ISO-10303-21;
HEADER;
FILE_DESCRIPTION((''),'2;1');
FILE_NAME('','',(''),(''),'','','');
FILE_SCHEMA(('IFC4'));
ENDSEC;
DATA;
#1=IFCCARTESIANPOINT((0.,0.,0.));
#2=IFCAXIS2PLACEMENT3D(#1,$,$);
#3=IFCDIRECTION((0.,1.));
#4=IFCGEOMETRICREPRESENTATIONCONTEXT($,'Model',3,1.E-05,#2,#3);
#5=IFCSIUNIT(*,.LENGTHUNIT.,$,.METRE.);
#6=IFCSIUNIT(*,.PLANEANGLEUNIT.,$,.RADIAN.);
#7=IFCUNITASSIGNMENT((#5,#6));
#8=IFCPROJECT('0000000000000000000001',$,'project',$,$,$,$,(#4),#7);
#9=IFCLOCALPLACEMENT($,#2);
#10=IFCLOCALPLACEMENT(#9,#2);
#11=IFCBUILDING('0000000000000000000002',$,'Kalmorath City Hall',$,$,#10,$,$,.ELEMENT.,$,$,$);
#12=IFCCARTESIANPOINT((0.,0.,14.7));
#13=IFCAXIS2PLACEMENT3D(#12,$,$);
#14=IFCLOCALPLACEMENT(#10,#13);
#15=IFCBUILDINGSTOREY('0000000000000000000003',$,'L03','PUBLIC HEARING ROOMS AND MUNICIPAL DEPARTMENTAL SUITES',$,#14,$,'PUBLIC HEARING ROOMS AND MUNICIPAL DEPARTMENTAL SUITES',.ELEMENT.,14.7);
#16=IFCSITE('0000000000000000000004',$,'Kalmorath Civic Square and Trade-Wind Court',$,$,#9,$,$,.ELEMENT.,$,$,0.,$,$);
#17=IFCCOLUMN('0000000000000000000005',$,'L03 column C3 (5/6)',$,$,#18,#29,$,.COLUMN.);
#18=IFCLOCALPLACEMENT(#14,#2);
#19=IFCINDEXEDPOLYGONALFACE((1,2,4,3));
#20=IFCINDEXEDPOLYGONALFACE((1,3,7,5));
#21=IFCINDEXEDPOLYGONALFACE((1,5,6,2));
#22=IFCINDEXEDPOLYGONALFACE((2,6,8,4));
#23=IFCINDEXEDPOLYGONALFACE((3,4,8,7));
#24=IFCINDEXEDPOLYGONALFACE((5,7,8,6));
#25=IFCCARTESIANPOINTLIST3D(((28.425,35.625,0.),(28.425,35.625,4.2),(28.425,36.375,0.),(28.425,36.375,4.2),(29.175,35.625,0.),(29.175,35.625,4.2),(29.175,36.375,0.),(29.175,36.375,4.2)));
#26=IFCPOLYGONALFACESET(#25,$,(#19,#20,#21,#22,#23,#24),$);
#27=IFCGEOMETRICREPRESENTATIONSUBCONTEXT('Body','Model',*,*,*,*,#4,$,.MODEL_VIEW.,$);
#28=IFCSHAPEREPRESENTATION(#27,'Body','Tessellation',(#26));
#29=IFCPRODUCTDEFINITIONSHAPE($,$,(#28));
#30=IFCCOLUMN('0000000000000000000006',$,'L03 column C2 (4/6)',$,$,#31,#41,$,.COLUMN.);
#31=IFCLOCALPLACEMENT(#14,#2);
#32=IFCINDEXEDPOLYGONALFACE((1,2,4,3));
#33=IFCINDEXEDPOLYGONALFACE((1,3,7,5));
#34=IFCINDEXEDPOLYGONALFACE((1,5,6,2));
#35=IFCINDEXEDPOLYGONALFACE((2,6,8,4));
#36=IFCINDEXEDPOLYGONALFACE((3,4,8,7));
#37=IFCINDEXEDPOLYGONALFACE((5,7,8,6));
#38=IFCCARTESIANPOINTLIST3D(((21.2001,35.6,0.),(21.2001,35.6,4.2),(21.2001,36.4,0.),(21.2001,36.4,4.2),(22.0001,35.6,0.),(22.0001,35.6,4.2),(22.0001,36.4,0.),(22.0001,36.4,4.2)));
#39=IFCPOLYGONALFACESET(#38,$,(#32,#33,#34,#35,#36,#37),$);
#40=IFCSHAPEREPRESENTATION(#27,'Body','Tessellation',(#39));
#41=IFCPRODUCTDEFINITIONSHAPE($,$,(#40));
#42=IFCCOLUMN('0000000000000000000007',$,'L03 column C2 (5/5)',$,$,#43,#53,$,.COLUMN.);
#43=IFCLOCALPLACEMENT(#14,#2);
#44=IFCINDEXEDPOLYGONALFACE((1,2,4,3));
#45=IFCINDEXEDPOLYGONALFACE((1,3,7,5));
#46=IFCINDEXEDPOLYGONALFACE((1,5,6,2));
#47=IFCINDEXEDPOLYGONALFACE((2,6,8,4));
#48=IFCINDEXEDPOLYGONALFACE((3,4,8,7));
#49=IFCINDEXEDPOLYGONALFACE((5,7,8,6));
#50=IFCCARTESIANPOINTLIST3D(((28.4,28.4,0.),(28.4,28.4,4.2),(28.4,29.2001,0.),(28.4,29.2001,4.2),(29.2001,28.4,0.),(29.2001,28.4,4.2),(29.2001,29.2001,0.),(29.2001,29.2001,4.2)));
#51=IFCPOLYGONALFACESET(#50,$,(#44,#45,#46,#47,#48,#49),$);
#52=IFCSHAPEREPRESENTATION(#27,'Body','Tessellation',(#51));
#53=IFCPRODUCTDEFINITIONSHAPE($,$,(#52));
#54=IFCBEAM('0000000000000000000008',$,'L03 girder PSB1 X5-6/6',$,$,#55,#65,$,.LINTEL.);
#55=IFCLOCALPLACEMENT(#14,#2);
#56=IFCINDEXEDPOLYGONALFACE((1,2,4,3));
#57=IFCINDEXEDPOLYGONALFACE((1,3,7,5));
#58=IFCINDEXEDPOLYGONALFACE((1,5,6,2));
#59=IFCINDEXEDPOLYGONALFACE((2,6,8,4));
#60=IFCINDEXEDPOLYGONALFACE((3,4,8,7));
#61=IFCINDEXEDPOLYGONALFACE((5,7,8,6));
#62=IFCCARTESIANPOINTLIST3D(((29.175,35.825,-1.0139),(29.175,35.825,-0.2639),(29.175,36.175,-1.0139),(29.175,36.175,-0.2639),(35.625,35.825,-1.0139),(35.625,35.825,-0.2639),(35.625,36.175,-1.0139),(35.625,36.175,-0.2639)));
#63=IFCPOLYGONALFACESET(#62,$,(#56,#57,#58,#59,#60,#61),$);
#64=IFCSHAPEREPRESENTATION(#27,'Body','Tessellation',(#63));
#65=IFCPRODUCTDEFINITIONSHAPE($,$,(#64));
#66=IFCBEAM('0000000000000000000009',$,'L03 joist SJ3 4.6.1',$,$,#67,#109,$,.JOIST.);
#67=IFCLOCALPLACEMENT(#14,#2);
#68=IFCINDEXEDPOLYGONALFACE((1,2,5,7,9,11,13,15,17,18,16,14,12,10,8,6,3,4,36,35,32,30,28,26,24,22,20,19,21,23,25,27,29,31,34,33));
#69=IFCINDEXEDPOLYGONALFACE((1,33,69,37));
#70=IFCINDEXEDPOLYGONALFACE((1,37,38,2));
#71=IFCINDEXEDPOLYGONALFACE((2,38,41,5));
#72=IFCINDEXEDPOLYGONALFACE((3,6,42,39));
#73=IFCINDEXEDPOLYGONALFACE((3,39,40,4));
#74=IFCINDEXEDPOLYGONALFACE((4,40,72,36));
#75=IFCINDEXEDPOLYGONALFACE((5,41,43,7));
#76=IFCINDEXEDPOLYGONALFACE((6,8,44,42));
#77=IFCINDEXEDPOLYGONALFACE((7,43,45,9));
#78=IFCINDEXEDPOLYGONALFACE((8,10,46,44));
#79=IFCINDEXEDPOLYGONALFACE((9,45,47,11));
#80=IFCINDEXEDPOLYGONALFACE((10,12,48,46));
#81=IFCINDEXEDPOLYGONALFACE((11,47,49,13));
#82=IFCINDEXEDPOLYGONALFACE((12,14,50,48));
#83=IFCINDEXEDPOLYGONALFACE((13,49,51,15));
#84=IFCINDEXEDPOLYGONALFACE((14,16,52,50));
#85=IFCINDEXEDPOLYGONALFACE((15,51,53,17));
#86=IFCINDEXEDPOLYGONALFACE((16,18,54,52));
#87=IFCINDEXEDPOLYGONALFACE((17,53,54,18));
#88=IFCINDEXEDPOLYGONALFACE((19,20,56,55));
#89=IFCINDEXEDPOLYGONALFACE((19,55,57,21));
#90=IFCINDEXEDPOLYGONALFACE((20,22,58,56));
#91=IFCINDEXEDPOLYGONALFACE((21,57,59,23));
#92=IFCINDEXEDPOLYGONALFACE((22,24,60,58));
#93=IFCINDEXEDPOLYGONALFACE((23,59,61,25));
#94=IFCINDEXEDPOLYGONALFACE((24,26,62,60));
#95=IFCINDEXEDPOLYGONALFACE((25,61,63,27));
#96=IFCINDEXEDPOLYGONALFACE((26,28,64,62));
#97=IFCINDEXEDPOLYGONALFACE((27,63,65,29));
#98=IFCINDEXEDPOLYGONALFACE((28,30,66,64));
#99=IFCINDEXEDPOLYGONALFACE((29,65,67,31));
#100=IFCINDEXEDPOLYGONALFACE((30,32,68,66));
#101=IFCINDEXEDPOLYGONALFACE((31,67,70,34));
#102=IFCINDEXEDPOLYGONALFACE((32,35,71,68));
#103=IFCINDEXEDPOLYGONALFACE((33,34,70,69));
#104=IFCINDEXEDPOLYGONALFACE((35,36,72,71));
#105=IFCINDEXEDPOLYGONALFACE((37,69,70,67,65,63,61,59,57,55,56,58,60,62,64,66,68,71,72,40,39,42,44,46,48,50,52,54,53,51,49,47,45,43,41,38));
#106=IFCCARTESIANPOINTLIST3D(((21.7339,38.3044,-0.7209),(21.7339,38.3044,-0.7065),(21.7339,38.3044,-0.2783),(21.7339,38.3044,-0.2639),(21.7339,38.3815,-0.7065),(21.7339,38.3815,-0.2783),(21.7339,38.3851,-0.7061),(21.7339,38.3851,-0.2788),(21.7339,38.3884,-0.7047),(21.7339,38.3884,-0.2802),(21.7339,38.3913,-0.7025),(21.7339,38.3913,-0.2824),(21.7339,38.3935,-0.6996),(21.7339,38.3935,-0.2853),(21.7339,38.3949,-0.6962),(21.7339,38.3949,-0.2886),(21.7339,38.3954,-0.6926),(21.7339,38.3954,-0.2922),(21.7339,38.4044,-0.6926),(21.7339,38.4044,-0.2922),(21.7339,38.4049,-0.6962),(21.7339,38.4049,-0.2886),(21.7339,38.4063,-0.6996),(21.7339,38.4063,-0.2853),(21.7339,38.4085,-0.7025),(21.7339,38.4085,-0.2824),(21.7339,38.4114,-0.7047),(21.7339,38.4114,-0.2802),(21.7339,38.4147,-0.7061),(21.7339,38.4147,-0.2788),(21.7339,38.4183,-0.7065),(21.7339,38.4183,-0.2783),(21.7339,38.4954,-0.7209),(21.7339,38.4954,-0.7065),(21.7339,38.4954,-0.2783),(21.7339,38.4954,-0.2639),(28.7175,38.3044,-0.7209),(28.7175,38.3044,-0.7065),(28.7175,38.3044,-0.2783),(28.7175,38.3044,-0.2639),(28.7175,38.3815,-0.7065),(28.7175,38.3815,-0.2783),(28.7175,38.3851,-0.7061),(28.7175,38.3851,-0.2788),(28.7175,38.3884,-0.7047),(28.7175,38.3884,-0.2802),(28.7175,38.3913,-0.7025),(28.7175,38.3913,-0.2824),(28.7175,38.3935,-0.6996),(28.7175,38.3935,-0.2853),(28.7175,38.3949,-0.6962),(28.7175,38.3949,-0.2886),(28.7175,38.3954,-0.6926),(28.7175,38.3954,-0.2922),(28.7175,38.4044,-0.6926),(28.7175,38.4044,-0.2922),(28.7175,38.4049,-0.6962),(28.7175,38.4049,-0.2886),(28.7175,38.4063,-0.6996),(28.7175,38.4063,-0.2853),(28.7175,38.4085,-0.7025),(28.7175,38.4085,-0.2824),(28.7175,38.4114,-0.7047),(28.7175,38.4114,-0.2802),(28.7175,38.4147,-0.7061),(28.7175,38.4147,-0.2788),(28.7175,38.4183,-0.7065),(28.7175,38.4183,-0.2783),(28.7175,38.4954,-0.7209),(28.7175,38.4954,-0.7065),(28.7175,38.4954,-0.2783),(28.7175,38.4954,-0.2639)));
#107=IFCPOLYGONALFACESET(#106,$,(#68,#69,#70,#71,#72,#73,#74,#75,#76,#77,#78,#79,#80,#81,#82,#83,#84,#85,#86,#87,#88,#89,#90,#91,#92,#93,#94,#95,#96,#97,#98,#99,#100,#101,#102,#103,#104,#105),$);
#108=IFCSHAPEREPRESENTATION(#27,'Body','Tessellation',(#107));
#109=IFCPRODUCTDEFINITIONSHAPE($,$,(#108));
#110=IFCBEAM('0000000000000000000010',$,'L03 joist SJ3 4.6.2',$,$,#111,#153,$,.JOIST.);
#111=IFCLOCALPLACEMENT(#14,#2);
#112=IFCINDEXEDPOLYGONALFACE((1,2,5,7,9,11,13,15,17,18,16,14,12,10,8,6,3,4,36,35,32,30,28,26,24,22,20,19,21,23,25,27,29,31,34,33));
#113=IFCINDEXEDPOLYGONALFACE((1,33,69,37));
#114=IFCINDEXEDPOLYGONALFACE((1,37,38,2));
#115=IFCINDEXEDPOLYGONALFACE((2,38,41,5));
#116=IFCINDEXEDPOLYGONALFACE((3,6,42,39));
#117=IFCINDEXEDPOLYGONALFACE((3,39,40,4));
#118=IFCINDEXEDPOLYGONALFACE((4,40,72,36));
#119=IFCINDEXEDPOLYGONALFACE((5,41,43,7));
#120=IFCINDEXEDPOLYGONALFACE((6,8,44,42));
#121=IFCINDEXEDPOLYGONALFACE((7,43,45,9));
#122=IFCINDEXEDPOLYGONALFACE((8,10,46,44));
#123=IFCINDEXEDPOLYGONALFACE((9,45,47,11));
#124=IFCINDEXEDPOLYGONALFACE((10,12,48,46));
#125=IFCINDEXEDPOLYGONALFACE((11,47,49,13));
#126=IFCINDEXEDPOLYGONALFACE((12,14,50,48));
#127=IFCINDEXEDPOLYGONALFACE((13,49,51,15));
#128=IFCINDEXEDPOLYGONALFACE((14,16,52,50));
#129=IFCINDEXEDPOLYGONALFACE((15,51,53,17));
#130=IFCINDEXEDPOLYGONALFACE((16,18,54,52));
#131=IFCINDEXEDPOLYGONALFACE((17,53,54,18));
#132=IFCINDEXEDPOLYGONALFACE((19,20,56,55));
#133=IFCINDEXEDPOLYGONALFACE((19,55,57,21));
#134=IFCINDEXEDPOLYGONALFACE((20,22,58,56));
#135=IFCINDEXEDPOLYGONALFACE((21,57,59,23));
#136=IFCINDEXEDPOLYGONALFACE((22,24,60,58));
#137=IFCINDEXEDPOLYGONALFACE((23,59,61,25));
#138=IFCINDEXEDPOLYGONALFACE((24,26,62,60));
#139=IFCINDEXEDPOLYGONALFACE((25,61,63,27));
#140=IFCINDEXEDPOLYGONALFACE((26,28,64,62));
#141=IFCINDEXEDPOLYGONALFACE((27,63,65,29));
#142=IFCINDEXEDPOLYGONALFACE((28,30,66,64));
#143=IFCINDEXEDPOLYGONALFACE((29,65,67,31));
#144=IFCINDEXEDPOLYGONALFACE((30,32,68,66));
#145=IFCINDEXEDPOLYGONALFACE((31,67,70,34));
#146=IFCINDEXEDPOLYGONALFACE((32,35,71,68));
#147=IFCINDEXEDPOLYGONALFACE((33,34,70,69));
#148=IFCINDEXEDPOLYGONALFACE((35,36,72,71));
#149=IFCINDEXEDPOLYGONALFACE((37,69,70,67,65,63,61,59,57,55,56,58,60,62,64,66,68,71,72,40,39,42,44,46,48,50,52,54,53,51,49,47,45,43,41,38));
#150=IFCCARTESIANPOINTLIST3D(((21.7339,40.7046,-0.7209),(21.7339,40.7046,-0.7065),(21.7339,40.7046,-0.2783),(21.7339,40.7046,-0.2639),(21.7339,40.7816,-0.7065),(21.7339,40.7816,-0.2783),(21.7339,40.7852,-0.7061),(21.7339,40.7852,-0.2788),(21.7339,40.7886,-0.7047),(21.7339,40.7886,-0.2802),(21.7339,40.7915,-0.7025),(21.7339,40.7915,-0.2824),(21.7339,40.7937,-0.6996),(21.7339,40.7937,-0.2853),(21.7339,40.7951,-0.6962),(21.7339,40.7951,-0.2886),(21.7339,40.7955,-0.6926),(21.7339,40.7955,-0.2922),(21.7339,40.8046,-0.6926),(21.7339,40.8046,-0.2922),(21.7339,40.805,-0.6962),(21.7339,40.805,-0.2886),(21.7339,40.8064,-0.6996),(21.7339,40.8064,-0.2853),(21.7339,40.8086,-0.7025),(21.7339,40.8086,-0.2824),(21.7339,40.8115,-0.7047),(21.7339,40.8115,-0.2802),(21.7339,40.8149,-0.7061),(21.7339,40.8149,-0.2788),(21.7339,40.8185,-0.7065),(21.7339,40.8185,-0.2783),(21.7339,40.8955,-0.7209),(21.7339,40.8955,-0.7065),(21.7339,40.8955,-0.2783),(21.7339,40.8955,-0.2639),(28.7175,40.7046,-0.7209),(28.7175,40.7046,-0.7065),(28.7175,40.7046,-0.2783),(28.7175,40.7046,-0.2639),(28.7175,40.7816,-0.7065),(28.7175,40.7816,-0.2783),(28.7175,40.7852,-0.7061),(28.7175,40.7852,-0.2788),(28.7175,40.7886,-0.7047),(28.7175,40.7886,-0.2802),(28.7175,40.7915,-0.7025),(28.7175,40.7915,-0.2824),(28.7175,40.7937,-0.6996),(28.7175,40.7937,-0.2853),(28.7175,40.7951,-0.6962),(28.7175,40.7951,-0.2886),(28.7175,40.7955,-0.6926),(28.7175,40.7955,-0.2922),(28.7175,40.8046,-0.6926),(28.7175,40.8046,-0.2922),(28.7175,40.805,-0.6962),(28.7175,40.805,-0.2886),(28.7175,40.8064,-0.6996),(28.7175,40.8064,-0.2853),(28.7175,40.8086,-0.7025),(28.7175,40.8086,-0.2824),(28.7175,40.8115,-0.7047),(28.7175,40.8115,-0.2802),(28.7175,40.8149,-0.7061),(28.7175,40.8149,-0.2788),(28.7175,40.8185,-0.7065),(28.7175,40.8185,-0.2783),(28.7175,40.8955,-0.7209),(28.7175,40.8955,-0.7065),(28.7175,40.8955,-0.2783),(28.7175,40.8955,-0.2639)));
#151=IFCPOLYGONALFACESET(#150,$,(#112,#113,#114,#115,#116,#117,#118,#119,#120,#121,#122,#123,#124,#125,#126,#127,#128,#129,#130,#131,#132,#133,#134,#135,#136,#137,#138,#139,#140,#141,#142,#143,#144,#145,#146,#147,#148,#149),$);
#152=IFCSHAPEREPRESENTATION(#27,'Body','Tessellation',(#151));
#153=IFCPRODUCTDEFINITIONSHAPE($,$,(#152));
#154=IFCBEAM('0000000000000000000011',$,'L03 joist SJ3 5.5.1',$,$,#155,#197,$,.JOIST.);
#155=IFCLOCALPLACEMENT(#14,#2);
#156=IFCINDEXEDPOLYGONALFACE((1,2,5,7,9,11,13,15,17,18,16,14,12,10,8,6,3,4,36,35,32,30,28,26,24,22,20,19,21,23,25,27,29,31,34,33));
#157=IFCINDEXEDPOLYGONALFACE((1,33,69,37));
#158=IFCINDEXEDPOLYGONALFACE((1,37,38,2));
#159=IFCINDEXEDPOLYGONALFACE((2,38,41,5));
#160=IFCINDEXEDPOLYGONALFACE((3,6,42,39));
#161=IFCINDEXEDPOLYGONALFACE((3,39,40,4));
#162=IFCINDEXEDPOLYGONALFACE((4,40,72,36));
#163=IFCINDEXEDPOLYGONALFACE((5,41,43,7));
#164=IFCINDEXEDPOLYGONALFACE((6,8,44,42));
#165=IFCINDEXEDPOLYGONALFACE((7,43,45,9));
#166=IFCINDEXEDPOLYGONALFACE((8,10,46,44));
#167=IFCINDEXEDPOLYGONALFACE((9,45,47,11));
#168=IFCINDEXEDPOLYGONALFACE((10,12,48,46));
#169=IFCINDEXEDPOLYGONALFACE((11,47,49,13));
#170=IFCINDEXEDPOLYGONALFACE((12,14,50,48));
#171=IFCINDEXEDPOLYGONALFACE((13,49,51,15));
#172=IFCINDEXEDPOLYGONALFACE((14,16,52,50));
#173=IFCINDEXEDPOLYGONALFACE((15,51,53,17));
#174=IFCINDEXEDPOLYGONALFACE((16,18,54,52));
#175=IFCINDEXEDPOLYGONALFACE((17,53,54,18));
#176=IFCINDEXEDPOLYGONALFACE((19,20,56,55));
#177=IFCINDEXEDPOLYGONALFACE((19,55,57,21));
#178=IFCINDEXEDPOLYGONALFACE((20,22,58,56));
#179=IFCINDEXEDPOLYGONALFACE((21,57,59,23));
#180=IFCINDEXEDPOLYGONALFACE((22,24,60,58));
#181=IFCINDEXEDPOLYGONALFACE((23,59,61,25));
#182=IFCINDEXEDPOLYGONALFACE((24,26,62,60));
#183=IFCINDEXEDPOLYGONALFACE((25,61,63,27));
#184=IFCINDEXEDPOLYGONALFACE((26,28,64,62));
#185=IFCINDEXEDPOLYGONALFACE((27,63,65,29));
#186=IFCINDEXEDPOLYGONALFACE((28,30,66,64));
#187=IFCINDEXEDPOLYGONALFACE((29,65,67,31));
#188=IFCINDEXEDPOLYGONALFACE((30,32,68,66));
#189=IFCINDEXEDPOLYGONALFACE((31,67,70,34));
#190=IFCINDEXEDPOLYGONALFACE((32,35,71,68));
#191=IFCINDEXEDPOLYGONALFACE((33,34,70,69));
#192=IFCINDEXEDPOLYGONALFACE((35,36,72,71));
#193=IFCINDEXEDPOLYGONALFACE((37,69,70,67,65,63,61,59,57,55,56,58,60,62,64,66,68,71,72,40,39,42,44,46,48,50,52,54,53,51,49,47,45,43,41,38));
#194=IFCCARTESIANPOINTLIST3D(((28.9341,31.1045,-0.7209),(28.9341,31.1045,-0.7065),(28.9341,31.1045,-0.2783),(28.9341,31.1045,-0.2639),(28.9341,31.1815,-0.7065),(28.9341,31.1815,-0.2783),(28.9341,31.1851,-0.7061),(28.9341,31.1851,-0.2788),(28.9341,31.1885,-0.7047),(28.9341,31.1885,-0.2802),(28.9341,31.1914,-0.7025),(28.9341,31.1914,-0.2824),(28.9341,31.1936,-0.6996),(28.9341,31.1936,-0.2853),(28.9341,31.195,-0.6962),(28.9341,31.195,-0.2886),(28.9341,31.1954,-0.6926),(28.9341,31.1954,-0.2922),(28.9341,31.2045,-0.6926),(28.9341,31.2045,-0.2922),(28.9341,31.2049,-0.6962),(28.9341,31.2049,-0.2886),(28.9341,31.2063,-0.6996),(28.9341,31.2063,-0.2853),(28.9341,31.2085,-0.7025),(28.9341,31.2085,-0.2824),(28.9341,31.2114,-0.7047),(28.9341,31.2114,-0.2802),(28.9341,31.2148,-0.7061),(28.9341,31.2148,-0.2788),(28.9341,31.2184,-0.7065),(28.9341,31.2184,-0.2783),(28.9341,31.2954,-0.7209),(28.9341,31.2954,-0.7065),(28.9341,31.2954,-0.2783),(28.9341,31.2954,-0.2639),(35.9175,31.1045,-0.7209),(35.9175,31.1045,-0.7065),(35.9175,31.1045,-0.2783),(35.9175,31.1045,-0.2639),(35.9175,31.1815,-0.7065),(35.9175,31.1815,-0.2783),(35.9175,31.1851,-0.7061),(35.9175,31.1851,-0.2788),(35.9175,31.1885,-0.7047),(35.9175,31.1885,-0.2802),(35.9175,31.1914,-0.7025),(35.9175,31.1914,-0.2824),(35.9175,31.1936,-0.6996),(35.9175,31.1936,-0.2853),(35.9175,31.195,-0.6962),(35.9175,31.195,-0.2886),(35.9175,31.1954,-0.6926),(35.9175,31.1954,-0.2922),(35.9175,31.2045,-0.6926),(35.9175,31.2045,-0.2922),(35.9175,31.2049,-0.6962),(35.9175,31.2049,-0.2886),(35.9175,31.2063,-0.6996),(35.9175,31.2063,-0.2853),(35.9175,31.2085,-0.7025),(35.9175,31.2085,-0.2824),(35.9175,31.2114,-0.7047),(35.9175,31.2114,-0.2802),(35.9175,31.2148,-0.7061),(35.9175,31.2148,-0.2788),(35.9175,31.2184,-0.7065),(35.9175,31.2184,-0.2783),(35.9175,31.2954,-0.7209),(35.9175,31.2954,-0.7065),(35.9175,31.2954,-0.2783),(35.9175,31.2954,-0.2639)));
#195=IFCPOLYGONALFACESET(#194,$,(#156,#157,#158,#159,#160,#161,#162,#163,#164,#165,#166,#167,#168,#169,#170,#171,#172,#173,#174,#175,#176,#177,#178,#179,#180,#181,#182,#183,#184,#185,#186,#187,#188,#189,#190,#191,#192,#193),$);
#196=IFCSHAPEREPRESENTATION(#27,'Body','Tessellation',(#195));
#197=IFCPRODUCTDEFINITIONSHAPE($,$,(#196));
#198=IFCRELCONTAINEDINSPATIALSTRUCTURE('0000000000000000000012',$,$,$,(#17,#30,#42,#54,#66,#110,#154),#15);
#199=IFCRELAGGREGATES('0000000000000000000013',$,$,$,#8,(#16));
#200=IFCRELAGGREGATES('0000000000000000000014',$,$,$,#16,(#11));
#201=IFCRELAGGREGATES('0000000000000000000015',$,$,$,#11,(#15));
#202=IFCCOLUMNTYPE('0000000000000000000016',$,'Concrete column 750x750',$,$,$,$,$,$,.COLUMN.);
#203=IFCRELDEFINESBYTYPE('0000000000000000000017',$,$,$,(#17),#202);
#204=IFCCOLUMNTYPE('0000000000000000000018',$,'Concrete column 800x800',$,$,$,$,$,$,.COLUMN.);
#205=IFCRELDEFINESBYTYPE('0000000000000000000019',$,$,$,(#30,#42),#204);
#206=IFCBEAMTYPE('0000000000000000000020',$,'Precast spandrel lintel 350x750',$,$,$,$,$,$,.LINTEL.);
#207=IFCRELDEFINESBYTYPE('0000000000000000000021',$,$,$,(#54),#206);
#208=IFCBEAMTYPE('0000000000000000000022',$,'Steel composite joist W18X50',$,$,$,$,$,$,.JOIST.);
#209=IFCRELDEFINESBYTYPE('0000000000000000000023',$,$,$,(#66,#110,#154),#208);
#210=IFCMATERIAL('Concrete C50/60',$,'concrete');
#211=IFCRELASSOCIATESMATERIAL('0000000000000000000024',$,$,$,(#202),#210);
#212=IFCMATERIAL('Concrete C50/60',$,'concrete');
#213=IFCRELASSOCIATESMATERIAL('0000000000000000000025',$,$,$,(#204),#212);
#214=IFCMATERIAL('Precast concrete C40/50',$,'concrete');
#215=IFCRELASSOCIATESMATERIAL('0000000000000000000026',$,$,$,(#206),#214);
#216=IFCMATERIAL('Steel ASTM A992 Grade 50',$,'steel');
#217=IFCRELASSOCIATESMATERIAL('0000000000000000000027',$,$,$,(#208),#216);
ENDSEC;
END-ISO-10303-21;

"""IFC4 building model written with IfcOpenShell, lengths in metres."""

from ifc_helpers import new_model, si_unit, direction, frame, origin, origin_2d, place, context, subcontext, project, spatial, rectangle, i_section, extrude, material, material_profile, profile_set, type_object, element, save


model = new_model("IFC4")

# Units and contexts
model_context = context("Model", 3, precision=1e-05, world=origin(), true_north=direction((0.0, 1.0)))
body_context = subcontext(model_context, "Body", "Model", "MODEL_VIEW")
ifc_project = project(units=[si_unit("LENGTHUNIT", "METRE"), si_unit("PLANEANGLEUNIT", "RADIAN")], contexts=[model_context])

# Site, building, storey
site_placement = place(None, origin())
site = spatial("IfcSite", under=ifc_project, at=site_placement, Name="Kalmorath Civic Square and Trade-Wind Court", CompositionType="ELEMENT", RefElevation=0.0)
building_placement = place(site_placement, origin())
building = spatial("IfcBuilding", under=site, at=building_placement, Name="Kalmorath City Hall", CompositionType="ELEMENT")
storey_placement = place(building_placement, frame((0.0, 0.0, 14.7)))
storey = spatial("IfcBuildingStorey", under=building, at=storey_placement, Name="L03", Description="PUBLIC HEARING ROOMS AND MUNICIPAL DEPARTMENTAL SUITES", LongName="PUBLIC HEARING ROOMS AND MUNICIPAL DEPARTMENTAL SUITES", CompositionType="ELEMENT", Elevation=14.7)

# Columns
ifc_material_1 = material(Name="Concrete C50/60", Category="concrete")
ifc_material_profile_1 = material_profile(ifc_material_1, rectangle(XDim=0.75, YDim=0.75, at=origin_2d()), Name="RC-COL-750X750")
ifc_profile_set_1 = profile_set([ifc_material_profile_1], Name="Concrete C50/60")
column_type_1 = type_object("IfcColumnType", Name="Concrete column 750x750", PredefinedType="COLUMN", material=ifc_profile_set_1)
column_placement = place(storey_placement, frame((28.8, 36.0, 0.0), z_axis=(0.0, 0.0, 1.0), x_axis=(1.0, 0.0, 0.0)))
element("IfcColumn", 1, at=column_placement, inside=storey, type_object=column_type_1, Name="L03 column C3 (5/6)", PredefinedType="COLUMN", context=body_context, shape_type="SweptSolid", body=[
    extrude(rectangle(XDim=0.75, YDim=0.75, at=origin_2d()), origin(), (0.0, 0.0, 1.0), 4.2),
])
ifc_material_2 = material(Name="Concrete C50/60", Category="concrete")
ifc_material_profile_2 = material_profile(ifc_material_2, rectangle(XDim=0.8, YDim=0.8, at=origin_2d()), Name="RC-COL-800X800")
ifc_profile_set_2 = profile_set([ifc_material_profile_2], Name="Concrete C50/60")
column_type_2 = type_object("IfcColumnType", Name="Concrete column 800x800", PredefinedType="COLUMN", material=ifc_profile_set_2)
for number, where, z_axis, x_axis, name in (
    (2, (21.6001, 36.0, 0.0), (0.0, 0.0, 1.0), (1.0, 0.0, 0.0), "L03 column C2 (4/6)"),
    (3, (28.8, 28.8, 0.0), (0.0, 0.0, 1.0), (1.0, 0.0, 0.0), "L03 column C2 (5/5)"),
):
    element("IfcColumn", number, at=place(storey_placement, frame(where, z_axis=z_axis, x_axis=x_axis)), inside=storey, type_object=column_type_2, Name=name, PredefinedType="COLUMN", context=body_context, shape_type="SweptSolid", body=[
        extrude(rectangle(XDim=0.8, YDim=0.8, at=origin_2d()), origin(), (0.0, 0.0, 1.0), 4.2),
    ])

# Beams
ifc_material_3 = material(Name="Precast concrete C40/50", Category="concrete")
ifc_material_profile_3 = material_profile(ifc_material_3, rectangle(XDim=0.3501, YDim=0.75, at=origin_2d()), Name="PC-SP-350X750")
ifc_profile_set_3 = profile_set([ifc_material_profile_3], Name="Precast concrete C40/50")
beam_type_1 = type_object("IfcBeamType", Name="Precast spandrel lintel 350x750", PredefinedType="LINTEL", material=ifc_profile_set_3)
beam_1_placement = place(storey_placement, frame((29.175, 36.0, -0.6389), z_axis=(1.0, 0.0, 0.0), x_axis=(0.0, 1.0, 0.0)))
element("IfcBeam", 4, at=beam_1_placement, inside=storey, type_object=beam_type_1, Name="L03 girder PSB1 X5-6/6", PredefinedType="LINTEL", context=body_context, shape_type="SweptSolid", body=[
    extrude(rectangle(XDim=0.3501, YDim=0.75, at=origin_2d()), origin(), (0.0, 0.0, 1.0), 6.45),
])
ifc_material_4 = material(Name="Steel ASTM A992 Grade 50", Category="steel")
ifc_material_profile_4 = material_profile(ifc_material_4, i_section(OverallWidth=0.1909, OverallDepth=0.457, WebThickness=0.009, FlangeThickness=0.0144, FilletRadius=0.0139, at=origin_2d()), Name="W18X50")
ifc_profile_set_4 = profile_set([ifc_material_profile_4], Name="Steel ASTM A992 Grade 50")
beam_type_2 = type_object("IfcBeamType", Name="Steel composite joist W18X50", PredefinedType="JOIST", material=ifc_profile_set_4)
for number, where, z_axis, x_axis, name in (
    (5, (21.7339, 38.3999, -0.4924), (1.0, 0.0, 0.0), (0.0, 1.0, 0.0), "L03 joist SJ3 4.6.1"),
    (6, (21.7339, 40.8, -0.4924), (1.0, 0.0, 0.0), (0.0, 1.0, 0.0), "L03 joist SJ3 4.6.2"),
):
    element("IfcBeam", number, at=place(storey_placement, frame(where, z_axis=z_axis, x_axis=x_axis)), inside=storey, type_object=beam_type_2, Name=name, PredefinedType="JOIST", context=body_context, shape_type="SweptSolid", body=[
        extrude(i_section(OverallWidth=0.1909, OverallDepth=0.457, WebThickness=0.009, FlangeThickness=0.0144, FilletRadius=0.0139, at=origin_2d()), origin(), (0.0, 0.0, 1.0), 6.9836),
    ])
for number, where, z_axis, x_axis, name in (
    (7, (28.9341, 31.2, -0.4924), (1.0, 0.0, 0.0), (0.0, 1.0, 0.0), "L03 joist SJ3 5.5.1"),
):
    element("IfcBeam", number, at=place(storey_placement, frame(where, z_axis=z_axis, x_axis=x_axis)), inside=storey, type_object=beam_type_2, Name=name, PredefinedType="JOIST", context=body_context, shape_type="SweptSolid", body=[
        extrude(i_section(OverallWidth=0.1909, OverallDepth=0.457, WebThickness=0.009, FlangeThickness=0.0144, FilletRadius=0.0139, at=origin_2d()), origin(), (0.0, 0.0, 1.0), 6.9834),
    ])

save(model, "model.ifc")
